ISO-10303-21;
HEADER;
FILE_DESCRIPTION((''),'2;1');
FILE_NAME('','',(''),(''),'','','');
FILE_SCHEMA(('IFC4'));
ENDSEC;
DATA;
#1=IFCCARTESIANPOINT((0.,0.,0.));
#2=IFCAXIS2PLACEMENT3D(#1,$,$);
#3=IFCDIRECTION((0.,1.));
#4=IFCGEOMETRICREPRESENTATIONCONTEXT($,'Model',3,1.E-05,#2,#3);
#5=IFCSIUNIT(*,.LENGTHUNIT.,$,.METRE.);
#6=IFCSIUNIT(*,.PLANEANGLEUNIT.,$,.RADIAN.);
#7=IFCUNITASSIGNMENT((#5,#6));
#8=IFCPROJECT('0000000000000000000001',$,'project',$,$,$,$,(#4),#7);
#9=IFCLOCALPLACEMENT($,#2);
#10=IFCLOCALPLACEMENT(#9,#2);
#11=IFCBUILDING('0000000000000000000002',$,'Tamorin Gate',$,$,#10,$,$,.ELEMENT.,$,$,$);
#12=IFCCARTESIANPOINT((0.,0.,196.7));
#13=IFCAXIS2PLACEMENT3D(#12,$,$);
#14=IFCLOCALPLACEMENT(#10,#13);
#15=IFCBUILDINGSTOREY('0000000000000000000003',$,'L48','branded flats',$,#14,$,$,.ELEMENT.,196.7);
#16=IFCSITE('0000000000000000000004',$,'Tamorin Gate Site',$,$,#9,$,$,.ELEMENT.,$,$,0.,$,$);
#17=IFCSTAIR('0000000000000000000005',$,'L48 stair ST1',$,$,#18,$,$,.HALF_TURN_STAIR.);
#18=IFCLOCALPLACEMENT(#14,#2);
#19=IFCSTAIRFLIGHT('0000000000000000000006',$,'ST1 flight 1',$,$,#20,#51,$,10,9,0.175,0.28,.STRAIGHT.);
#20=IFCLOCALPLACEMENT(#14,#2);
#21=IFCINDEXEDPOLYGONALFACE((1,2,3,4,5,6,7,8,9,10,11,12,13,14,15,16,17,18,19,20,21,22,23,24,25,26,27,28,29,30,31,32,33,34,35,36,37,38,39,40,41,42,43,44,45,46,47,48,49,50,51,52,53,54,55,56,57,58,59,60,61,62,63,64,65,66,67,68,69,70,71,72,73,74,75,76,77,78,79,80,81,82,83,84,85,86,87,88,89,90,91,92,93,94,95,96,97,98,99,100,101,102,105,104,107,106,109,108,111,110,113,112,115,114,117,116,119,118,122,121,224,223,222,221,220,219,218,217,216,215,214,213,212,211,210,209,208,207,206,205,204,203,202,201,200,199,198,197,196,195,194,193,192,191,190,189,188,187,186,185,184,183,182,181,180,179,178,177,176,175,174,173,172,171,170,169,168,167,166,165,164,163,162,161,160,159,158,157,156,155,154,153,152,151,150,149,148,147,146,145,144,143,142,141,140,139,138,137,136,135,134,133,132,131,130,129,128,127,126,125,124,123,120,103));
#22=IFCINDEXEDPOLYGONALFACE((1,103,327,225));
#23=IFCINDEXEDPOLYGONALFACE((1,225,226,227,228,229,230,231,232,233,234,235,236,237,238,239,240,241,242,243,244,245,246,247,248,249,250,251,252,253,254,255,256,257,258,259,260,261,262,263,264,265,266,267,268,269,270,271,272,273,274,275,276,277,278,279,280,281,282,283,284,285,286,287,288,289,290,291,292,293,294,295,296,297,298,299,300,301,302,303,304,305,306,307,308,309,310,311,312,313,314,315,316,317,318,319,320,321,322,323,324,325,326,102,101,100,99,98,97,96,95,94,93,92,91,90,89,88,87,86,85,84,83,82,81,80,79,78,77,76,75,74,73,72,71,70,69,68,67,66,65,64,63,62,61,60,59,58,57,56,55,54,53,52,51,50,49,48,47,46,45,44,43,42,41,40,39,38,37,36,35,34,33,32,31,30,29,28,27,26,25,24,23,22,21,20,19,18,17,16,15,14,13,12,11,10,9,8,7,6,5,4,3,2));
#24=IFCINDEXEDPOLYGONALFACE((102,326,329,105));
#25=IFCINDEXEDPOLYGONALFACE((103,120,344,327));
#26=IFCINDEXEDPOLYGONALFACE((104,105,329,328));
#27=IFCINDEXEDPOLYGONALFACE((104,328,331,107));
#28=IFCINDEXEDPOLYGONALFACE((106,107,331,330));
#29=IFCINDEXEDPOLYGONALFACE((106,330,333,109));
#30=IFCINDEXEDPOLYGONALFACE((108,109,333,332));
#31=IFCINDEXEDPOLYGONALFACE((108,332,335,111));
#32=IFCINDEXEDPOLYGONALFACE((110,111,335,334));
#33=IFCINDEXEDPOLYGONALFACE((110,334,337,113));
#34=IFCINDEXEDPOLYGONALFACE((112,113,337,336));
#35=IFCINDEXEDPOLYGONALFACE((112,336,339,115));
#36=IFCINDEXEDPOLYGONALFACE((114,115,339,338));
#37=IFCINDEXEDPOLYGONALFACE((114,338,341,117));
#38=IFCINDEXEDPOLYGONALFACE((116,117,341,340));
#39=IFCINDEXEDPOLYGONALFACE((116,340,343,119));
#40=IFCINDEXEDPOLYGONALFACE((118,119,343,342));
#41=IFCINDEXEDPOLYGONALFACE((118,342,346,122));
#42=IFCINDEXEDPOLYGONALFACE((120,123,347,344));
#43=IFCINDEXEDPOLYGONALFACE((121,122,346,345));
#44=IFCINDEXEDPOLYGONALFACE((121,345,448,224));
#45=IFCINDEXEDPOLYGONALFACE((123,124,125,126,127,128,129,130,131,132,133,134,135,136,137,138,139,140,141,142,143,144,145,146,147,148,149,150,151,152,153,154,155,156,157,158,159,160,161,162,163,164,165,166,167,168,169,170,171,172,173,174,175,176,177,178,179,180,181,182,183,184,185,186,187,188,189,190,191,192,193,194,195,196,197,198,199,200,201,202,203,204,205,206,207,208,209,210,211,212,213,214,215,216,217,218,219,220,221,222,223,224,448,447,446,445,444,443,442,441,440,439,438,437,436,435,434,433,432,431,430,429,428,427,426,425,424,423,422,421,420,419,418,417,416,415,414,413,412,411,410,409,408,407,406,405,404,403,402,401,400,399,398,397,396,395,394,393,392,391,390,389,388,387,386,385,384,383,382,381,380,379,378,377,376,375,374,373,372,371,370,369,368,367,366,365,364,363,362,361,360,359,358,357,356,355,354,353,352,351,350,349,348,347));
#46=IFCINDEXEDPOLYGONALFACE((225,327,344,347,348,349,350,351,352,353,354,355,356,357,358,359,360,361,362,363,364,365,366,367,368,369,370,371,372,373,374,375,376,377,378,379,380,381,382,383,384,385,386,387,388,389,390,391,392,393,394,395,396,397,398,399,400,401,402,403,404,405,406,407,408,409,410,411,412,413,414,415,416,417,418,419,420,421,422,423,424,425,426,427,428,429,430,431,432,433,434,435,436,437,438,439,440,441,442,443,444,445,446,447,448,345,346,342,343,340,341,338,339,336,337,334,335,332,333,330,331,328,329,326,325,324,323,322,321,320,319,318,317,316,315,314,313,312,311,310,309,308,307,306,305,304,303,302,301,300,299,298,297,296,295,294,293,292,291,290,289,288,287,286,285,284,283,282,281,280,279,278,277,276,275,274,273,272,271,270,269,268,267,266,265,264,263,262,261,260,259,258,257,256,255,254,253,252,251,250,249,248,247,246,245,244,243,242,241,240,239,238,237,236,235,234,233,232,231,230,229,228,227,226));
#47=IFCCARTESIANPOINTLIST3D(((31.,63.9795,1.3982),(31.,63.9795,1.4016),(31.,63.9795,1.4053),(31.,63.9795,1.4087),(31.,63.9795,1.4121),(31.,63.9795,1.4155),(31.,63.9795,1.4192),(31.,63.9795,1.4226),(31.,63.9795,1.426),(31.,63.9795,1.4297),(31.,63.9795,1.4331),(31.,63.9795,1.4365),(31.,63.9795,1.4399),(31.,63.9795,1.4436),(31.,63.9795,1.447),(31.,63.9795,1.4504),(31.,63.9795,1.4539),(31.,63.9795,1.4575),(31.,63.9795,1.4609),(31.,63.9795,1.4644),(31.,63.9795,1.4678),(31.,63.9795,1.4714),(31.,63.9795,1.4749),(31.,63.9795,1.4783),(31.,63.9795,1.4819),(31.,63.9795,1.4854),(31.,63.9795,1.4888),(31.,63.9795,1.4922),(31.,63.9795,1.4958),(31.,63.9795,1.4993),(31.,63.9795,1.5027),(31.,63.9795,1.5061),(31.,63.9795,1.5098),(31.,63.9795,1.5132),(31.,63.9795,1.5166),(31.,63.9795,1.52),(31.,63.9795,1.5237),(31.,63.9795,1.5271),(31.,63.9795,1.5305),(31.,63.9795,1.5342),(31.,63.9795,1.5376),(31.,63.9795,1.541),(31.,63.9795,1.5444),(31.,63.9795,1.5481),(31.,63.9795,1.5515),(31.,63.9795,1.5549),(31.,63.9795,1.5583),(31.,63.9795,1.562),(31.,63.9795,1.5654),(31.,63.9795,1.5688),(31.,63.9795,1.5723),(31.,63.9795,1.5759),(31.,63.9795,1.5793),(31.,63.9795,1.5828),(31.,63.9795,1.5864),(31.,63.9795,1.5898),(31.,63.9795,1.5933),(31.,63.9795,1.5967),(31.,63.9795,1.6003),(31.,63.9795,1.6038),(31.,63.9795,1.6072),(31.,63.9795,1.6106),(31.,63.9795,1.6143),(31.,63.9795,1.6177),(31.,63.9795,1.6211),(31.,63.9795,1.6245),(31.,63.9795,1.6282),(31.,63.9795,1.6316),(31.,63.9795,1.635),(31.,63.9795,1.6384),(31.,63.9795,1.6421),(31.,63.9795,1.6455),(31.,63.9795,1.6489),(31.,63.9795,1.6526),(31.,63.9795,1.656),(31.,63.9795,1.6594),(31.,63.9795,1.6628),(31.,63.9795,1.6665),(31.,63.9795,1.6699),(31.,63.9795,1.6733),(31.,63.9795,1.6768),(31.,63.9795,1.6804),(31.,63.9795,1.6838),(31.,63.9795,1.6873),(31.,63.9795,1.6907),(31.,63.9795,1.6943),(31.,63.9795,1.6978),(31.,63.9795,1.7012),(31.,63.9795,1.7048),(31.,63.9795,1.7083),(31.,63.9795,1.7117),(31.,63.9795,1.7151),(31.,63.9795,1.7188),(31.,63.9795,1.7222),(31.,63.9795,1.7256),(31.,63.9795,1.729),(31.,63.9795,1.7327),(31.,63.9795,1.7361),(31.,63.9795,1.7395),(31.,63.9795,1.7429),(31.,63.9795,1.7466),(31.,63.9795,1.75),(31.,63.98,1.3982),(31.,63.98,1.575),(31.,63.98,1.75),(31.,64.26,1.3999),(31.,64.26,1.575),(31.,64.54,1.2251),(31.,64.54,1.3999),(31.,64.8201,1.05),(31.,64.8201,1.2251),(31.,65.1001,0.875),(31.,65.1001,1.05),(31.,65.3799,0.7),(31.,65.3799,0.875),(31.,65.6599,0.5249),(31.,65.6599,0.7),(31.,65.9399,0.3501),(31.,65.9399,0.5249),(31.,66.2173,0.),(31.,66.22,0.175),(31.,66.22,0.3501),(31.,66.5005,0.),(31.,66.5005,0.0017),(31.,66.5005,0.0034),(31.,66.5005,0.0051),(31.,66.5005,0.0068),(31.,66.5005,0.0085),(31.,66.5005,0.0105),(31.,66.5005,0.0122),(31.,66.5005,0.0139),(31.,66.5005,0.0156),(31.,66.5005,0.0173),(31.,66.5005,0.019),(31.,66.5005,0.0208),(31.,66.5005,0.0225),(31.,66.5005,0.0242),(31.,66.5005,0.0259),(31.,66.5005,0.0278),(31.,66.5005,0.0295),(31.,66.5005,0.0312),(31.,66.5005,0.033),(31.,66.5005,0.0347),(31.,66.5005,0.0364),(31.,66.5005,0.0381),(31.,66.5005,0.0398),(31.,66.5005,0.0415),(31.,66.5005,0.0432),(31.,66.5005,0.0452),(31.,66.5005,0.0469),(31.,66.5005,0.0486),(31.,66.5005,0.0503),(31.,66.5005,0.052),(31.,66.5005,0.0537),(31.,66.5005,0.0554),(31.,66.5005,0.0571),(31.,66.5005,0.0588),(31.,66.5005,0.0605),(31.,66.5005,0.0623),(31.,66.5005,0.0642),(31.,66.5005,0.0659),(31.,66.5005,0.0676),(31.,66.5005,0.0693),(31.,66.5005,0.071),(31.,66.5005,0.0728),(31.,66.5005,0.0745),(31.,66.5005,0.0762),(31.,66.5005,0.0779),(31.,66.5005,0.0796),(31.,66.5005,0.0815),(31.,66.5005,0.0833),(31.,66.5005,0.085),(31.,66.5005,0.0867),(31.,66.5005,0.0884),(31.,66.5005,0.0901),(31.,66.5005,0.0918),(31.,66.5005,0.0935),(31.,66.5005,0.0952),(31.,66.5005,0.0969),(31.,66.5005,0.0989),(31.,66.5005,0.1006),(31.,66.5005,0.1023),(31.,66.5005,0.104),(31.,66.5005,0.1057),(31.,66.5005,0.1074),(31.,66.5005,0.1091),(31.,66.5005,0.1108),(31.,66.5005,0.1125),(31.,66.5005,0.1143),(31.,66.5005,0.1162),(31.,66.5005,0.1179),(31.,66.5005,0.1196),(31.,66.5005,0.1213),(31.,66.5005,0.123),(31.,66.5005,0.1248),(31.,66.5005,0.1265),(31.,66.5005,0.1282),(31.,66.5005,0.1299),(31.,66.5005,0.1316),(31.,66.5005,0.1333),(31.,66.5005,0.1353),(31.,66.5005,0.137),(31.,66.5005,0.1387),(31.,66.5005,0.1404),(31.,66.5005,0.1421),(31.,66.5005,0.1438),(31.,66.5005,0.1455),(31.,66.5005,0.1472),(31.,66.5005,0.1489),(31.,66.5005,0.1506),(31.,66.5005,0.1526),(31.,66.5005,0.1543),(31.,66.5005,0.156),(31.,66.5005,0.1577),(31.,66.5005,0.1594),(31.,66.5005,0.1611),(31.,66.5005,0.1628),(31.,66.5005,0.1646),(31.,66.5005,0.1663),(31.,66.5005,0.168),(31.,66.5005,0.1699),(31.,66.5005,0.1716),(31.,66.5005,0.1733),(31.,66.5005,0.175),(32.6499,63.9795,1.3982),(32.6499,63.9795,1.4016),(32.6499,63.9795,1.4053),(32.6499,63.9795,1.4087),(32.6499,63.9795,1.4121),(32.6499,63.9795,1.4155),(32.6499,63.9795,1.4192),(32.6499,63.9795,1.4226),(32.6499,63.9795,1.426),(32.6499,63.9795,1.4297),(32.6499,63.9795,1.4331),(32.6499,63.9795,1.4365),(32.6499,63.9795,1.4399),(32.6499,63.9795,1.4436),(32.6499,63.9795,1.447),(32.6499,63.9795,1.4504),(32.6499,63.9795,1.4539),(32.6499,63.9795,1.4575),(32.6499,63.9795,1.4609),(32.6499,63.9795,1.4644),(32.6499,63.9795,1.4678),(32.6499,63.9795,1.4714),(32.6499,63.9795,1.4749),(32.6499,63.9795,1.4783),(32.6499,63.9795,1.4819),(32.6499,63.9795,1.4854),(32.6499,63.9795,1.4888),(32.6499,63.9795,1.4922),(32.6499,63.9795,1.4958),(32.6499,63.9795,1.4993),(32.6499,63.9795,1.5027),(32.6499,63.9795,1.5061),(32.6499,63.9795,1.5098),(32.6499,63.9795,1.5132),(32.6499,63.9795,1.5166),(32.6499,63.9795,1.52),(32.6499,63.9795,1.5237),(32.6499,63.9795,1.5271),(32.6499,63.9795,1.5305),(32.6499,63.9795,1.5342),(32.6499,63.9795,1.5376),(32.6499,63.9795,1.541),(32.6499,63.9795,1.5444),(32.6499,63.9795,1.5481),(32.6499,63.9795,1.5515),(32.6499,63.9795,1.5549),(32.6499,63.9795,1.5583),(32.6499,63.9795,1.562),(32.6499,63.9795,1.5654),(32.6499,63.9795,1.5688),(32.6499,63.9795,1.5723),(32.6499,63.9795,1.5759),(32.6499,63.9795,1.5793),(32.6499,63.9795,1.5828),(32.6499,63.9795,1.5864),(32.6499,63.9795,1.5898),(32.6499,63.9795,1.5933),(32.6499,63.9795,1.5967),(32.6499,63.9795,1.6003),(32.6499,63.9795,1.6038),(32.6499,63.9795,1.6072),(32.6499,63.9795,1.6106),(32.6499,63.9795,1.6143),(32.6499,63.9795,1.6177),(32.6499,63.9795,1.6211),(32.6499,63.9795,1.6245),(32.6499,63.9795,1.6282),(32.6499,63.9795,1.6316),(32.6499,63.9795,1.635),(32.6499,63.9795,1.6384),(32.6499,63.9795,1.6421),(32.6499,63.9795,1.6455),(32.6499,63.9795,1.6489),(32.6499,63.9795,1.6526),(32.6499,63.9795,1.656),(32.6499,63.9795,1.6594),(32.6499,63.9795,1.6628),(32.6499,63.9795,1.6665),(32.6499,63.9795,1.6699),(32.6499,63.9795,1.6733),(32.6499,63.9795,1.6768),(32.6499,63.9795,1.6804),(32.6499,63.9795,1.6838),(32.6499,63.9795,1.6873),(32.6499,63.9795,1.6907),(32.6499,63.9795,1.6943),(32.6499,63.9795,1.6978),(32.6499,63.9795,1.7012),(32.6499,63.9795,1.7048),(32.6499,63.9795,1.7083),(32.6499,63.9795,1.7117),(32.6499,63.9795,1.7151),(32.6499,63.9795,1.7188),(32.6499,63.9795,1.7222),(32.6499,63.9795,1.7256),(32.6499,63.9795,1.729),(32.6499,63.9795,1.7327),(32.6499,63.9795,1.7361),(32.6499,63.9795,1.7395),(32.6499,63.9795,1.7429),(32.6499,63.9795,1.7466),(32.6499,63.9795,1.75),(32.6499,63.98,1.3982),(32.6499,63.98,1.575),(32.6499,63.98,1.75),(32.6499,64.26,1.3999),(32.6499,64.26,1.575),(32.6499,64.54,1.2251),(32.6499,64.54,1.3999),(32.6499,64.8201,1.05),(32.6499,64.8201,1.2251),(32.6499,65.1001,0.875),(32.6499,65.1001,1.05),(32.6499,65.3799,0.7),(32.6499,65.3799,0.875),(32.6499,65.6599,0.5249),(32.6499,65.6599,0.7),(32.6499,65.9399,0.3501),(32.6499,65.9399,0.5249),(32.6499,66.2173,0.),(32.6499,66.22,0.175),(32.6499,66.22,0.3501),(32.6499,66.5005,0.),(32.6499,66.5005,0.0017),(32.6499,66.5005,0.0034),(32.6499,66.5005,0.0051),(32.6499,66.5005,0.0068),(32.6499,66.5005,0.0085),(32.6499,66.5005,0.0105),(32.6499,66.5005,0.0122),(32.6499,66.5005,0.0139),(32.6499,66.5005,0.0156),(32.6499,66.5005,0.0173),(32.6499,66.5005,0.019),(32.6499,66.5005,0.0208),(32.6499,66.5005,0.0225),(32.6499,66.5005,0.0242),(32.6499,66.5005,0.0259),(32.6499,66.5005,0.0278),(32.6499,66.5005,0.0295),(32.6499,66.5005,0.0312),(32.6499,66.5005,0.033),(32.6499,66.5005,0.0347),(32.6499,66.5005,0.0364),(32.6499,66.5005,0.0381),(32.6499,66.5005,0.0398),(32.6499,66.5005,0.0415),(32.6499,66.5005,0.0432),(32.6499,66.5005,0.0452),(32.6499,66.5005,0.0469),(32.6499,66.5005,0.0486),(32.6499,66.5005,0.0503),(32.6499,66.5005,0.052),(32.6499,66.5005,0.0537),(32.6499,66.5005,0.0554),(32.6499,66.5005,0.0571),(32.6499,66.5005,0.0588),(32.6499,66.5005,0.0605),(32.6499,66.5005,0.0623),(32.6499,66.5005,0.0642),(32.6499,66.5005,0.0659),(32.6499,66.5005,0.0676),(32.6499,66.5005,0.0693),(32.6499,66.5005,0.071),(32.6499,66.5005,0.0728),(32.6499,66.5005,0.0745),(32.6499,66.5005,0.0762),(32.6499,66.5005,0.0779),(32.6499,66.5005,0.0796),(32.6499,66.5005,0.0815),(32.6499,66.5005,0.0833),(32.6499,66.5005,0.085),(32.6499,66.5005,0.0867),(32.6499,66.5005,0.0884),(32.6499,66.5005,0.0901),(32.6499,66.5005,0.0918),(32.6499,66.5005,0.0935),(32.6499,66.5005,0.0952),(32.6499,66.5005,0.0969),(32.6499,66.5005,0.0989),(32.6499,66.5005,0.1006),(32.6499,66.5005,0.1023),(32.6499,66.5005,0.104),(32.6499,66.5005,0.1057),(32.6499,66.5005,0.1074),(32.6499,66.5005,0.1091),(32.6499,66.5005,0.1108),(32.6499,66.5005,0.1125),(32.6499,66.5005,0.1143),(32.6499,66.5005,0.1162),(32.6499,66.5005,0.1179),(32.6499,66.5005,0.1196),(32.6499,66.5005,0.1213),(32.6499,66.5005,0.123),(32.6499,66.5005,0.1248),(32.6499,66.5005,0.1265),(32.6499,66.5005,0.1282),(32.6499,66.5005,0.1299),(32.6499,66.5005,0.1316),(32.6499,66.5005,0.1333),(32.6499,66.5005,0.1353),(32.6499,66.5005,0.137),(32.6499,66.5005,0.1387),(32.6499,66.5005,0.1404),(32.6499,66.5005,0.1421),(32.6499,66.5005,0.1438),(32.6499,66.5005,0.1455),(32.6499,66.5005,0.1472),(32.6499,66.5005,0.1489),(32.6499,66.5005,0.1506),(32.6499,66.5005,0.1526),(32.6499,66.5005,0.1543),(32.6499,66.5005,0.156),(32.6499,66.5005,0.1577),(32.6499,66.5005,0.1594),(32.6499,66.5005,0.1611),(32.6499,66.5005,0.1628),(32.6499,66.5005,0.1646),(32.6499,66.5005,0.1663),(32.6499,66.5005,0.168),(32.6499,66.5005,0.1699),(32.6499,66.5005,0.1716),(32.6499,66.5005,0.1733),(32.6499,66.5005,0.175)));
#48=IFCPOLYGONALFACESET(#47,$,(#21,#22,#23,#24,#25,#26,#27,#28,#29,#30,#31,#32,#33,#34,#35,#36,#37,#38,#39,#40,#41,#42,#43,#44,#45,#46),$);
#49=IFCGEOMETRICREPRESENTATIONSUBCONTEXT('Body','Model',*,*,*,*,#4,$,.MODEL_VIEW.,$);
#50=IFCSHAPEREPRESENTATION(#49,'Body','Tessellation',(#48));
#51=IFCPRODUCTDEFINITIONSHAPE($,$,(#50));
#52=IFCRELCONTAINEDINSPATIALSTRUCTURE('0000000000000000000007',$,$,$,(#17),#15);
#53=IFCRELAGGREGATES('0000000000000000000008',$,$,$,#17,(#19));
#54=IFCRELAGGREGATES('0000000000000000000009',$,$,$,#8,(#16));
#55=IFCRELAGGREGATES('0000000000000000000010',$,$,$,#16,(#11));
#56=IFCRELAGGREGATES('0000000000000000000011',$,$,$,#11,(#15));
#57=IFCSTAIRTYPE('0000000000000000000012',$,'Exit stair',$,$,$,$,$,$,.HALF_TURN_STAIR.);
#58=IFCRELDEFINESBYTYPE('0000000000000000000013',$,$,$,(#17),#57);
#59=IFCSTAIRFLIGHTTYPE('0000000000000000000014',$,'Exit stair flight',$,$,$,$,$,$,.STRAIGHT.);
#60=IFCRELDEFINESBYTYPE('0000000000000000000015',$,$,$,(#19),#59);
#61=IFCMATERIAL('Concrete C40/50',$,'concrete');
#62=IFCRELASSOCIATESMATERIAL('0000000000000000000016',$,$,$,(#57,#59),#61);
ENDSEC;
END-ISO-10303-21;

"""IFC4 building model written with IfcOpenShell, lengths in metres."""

from ifc_helpers import new_model, si_unit, direction, frame, origin, place, context, subcontext, project, spatial, polyline, outline, extrude, material, type_object, element, aggregate, save


model = new_model("IFC4")

# Units and contexts
model_context = context("Model", 3, precision=1e-05, world=origin(), true_north=direction((0.0, 1.0)))
body_context = subcontext(model_context, "Body", "Model", "MODEL_VIEW")
ifc_project = project(units=[si_unit("LENGTHUNIT", "METRE"), si_unit("PLANEANGLEUNIT", "RADIAN")], contexts=[model_context])

# Site, building, storey
site_placement = place(None, origin())
site = spatial("IfcSite", under=ifc_project, at=site_placement, Name="Tamorin Gate Site", CompositionType="ELEMENT", RefElevation=0.0)
building_placement = place(site_placement, origin())
building = spatial("IfcBuilding", under=site, at=building_placement, Name="Tamorin Gate", CompositionType="ELEMENT")
storey_placement = place(building_placement, frame((0.0, 0.0, 196.7)))
storey = spatial("IfcBuildingStorey", under=building, at=storey_placement, Name="L48", Description="branded flats", CompositionType="ELEMENT", Elevation=196.7)

# Shared definitions
ifc_material_1 = material(Name="Concrete C40/50", Category="concrete")

# Stair, stair flight
stair_type = type_object("IfcStairType", Name="Exit stair", PredefinedType="HALF_TURN_STAIR", material=ifc_material_1)
stair_1_placement = place(storey_placement, origin())
stair_1 = element("IfcStair", 1, at=stair_1_placement, inside=storey, type_object=stair_type, Name="L48 stair ST1", PredefinedType="HALF_TURN_STAIR")
stair_flight_type = type_object("IfcStairFlightType", Name="Exit stair flight", PredefinedType="STRAIGHT", material=ifc_material_1)
stair_flight_1_placement = place(storey_placement, frame((31.825, 66.5, 0.0), z_axis=(0.0, 0.0, 1.0), x_axis=(0.0, -1.0, 0.0)))
stair_flight_1 = element("IfcStairFlight", 2, at=stair_flight_1_placement, type_object=stair_flight_type, Name="ST1 flight 1", NumberOfRisers=10, NumberOfTreads=9, PredefinedType="STRAIGHT", RiserHeight=0.175, TreadLength=0.28, context=body_context, shape_type="SweptSolid", body=[
    extrude(outline(polyline([(-0.0005, 0.0), (-0.0005, 0.0017), (-0.0005, 0.0034), (-0.0005, 0.0051), (-0.0005, 0.0068), (-0.0005, 0.0085), (-0.0005, 0.0105), (-0.0005, 0.0122), (-0.0005, 0.0139), (-0.0005, 0.0156), (-0.0005, 0.0173), (-0.0005, 0.019), (-0.0005, 0.0208), (-0.0005, 0.0225), (-0.0005, 0.0242), (-0.0005, 0.0259), (-0.0005, 0.0278), (-0.0005, 0.0295), (-0.0005, 0.0312), (-0.0005, 0.033), (-0.0005, 0.0347), (-0.0005, 0.0364), (-0.0005, 0.0381), (-0.0005, 0.0398), (-0.0005, 0.0415), (-0.0005, 0.0432), (-0.0005, 0.0452), (-0.0005, 0.0469), (-0.0005, 0.0486), (-0.0005, 0.0503), (-0.0005, 0.052), (-0.0005, 0.0537), (-0.0005, 0.0554), (-0.0005, 0.0571), (-0.0005, 0.0588), (-0.0005, 0.0605), (-0.0005, 0.0623), (-0.0005, 0.0642), (-0.0005, 0.0659), (-0.0005, 0.0676), (-0.0005, 0.0693), (-0.0005, 0.071), (-0.0005, 0.0728), (-0.0005, 0.0745), (-0.0005, 0.0762), (-0.0005, 0.0779), (-0.0005, 0.0796), (-0.0005, 0.0815), (-0.0005, 0.0833), (-0.0005, 0.085), (-0.0005, 0.0867), (-0.0005, 0.0884), (-0.0005, 0.0901), (-0.0005, 0.0918), (-0.0005, 0.0935), (-0.0005, 0.0952), (-0.0005, 0.0969), (-0.0005, 0.0989), (-0.0005, 0.1006), (-0.0005, 0.1023), (-0.0005, 0.104), (-0.0005, 0.1057), (-0.0005, 0.1074), (-0.0005, 0.1091), (-0.0005, 0.1108), (-0.0005, 0.1125), (-0.0005, 0.1143), (-0.0005, 0.1162), (-0.0005, 0.1179), (-0.0005, 0.1196), (-0.0005, 0.1213), (-0.0005, 0.123), (-0.0005, 0.1248), (-0.0005, 0.1265), (-0.0005, 0.1282), (-0.0005, 0.1299), (-0.0005, 0.1316), (-0.0005, 0.1333), (-0.0005, 0.1353), (-0.0005, 0.137), (-0.0005, 0.1387), (-0.0005, 0.1404), (-0.0005, 0.1421), (-0.0005, 0.1438), (-0.0005, 0.1455), (-0.0005, 0.1472), (-0.0005, 0.1489), (-0.0005, 0.1506), (-0.0005, 0.1526), (-0.0005, 0.1543), (-0.0005, 0.156), (-0.0005, 0.1577), (-0.0005, 0.1594), (-0.0005, 0.1611), (-0.0005, 0.1628), (-0.0005, 0.1646), (-0.0005, 0.1663), (-0.0005, 0.168), (-0.0005, 0.1699), (-0.0005, 0.1716), (-0.0005, 0.1733), (-0.0005, 0.175), (0.28, 0.175), (0.28, 0.3501), (0.5601, 0.3501), (0.5601, 0.5249), (0.8401, 0.5249), (0.8401, 0.7), (1.1201, 0.7), (1.1201, 0.875), (1.3999, 0.875), (1.3999, 1.05), (1.6799, 1.05), (1.6799, 1.2251), (1.96, 1.2251), (1.96, 1.3999), (2.24, 1.3999), (2.24, 1.575), (2.52, 1.575), (2.52, 1.75), (2.5205, 1.75), (2.5205, 1.7466), (2.5205, 1.7429), (2.5205, 1.7395), (2.5205, 1.7361), (2.5205, 1.7327), (2.5205, 1.729), (2.5205, 1.7256), (2.5205, 1.7222), (2.5205, 1.7188), (2.5205, 1.7151), (2.5205, 1.7117), (2.5205, 1.7083), (2.5205, 1.7048), (2.5205, 1.7012), (2.5205, 1.6978), (2.5205, 1.6943), (2.5205, 1.6907), (2.5205, 1.6873), (2.5205, 1.6838), (2.5205, 1.6804), (2.5205, 1.6768), (2.5205, 1.6733), (2.5205, 1.6699), (2.5205, 1.6665), (2.5205, 1.6628), (2.5205, 1.6594), (2.5205, 1.656), (2.5205, 1.6526), (2.5205, 1.6489), (2.5205, 1.6455), (2.5205, 1.6421), (2.5205, 1.6384), (2.5205, 1.635), (2.5205, 1.6316), (2.5205, 1.6282), (2.5205, 1.6245), (2.5205, 1.6211), (2.5205, 1.6177), (2.5205, 1.6143), (2.5205, 1.6106), (2.5205, 1.6072), (2.5205, 1.6038), (2.5205, 1.6003), (2.5205, 1.5967), (2.5205, 1.5933), (2.5205, 1.5898), (2.5205, 1.5864), (2.5205, 1.5828), (2.5205, 1.5793), (2.5205, 1.5759), (2.5205, 1.5723), (2.5205, 1.5688), (2.5205, 1.5654), (2.5205, 1.562), (2.5205, 1.5583), (2.5205, 1.5549), (2.5205, 1.5515), (2.5205, 1.5481), (2.5205, 1.5444), (2.5205, 1.541), (2.5205, 1.5376), (2.5205, 1.5342), (2.5205, 1.5305), (2.5205, 1.5271), (2.5205, 1.5237), (2.5205, 1.52), (2.5205, 1.5166), (2.5205, 1.5132), (2.5205, 1.5098), (2.5205, 1.5061), (2.5205, 1.5027), (2.5205, 1.4993), (2.5205, 1.4958), (2.5205, 1.4922), (2.5205, 1.4888), (2.5205, 1.4854), (2.5205, 1.4819), (2.5205, 1.4783), (2.5205, 1.4749), (2.5205, 1.4714), (2.5205, 1.4678), (2.5205, 1.4644), (2.5205, 1.4609), (2.5205, 1.4575), (2.5205, 1.4539), (2.5205, 1.4504), (2.5205, 1.447), (2.5205, 1.4436), (2.5205, 1.4399), (2.5205, 1.4365), (2.5205, 1.4331), (2.5205, 1.4297), (2.5205, 1.426), (2.5205, 1.4226), (2.5205, 1.4192), (2.5205, 1.4155), (2.5205, 1.4121), (2.5205, 1.4087), (2.5205, 1.4053), (2.5205, 1.4016), (2.5205, 1.3982), (2.52, 1.3982), (0.2827, 0.0), (-0.0005, 0.0)])), frame((0.0, 0.825, 0.0), z_axis=(0.0, -1.0, 0.0), x_axis=(1.0, 0.0, 0.0)), (0.0, 0.0, 1.0), 1.6499),
])
aggregate(stair_1, [stair_flight_1])

save(model, "model.ifc")
